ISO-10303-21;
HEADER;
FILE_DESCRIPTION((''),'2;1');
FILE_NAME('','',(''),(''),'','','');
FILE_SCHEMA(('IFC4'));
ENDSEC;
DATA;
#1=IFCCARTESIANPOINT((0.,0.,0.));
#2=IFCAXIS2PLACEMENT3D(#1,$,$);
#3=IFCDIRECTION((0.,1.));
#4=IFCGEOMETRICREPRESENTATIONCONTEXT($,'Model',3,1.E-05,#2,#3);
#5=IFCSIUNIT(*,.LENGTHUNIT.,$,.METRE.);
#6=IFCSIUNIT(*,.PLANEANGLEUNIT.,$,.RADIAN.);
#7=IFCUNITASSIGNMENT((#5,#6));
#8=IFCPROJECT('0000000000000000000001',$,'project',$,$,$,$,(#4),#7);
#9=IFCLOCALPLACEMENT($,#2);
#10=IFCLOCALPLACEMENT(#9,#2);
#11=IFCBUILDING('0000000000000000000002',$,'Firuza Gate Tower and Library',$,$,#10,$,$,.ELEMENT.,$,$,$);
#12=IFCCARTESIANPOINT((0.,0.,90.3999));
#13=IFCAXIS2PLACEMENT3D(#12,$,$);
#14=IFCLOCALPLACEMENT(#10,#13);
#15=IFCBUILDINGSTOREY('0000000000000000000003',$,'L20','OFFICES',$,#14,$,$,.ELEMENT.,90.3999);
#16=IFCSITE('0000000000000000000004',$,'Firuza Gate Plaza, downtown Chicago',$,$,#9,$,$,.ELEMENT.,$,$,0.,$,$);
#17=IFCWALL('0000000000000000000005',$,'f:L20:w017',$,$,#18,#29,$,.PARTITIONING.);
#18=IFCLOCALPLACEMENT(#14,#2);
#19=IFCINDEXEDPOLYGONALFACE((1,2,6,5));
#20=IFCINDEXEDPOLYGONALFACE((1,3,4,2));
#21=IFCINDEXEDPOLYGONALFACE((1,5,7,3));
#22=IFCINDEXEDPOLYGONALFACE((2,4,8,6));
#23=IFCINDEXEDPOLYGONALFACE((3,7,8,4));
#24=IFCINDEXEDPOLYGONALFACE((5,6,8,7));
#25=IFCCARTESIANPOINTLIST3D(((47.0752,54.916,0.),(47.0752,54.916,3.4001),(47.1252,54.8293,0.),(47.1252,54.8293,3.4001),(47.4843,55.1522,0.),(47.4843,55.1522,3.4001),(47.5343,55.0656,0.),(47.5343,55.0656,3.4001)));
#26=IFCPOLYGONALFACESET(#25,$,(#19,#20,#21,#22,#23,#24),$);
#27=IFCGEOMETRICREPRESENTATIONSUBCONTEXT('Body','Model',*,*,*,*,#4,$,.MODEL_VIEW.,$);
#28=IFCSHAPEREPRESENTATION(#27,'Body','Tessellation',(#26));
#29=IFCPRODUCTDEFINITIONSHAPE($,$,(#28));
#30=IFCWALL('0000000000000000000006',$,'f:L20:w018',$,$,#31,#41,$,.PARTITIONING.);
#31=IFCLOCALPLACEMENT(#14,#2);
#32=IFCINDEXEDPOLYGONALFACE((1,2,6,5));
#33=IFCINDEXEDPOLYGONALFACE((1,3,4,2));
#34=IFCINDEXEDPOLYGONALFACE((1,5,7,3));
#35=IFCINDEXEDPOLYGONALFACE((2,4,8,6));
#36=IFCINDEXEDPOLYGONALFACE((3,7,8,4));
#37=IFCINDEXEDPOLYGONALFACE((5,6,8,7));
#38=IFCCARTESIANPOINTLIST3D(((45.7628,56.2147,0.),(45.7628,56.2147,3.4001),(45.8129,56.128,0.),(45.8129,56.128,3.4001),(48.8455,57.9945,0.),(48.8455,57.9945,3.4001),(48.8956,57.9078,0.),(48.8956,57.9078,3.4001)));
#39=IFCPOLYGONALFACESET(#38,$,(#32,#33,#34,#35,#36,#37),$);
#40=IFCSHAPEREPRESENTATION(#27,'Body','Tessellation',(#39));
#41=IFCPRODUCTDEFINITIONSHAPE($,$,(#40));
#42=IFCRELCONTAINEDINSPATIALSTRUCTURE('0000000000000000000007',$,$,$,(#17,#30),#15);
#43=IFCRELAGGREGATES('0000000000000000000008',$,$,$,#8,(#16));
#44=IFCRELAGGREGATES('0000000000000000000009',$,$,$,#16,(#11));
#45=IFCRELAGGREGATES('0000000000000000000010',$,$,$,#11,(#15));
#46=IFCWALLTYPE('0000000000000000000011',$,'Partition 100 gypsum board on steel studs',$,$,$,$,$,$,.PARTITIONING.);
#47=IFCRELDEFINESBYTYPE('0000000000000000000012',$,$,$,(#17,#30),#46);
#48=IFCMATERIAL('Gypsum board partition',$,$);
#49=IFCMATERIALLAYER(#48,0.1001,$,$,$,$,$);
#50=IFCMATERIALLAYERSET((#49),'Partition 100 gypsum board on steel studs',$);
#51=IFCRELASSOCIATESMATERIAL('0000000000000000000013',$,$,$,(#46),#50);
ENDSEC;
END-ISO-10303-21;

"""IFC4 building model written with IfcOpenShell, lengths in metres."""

from ifc_helpers import new_model, si_unit, direction, frame, frame_2d, origin, place, context, subcontext, project, spatial, rectangle, extrude, material, layer, layer_set, type_object, element, save


model = new_model("IFC4")

# Units and contexts
model_context = context("Model", 3, precision=1e-05, world=origin(), true_north=direction((0.0, 1.0)))
body_context = subcontext(model_context, "Body", "Model", "MODEL_VIEW")
ifc_project = project(units=[si_unit("LENGTHUNIT", "METRE"), si_unit("PLANEANGLEUNIT", "RADIAN")], contexts=[model_context])

# Site, building, storey
site_placement = place(None, origin())
site = spatial("IfcSite", under=ifc_project, at=site_placement, Name="Firuza Gate Plaza, downtown Chicago", CompositionType="ELEMENT", RefElevation=0.0)
building_placement = place(site_placement, origin())
building = spatial("IfcBuilding", under=site, at=building_placement, Name="Firuza Gate Tower and Library", CompositionType="ELEMENT")
storey_placement = place(building_placement, frame((0.0, 0.0, 90.3999)))
storey = spatial("IfcBuildingStorey", under=building, at=storey_placement, Name="L20", Description="OFFICES", CompositionType="ELEMENT", Elevation=90.3999)

# Walls
ifc_material_1 = material(Name="Gypsum board partition")
ifc_layer_1 = layer(ifc_material_1, 0.1001)
ifc_layer_set_1 = layer_set([ifc_layer_1], Name="Partition 100 gypsum board on steel studs")
wall_type_1 = type_object("IfcWallType", Name="Partition 100 gypsum board on steel studs", PredefinedType="PARTITIONING", material=ifc_layer_set_1)
wall_1_placement = place(storey_placement, frame((47.1001, 54.8726, 0.0), z_axis=(0.0, 0.0, 1.0), x_axis=(0.865945, 0.50014, 0.0)))
element("IfcWall", 1, at=wall_1_placement, inside=storey, type_object=wall_type_1, Name="f:L20:w017", PredefinedType="PARTITIONING", context=body_context, shape_type="SweptSolid", body=[
    extrude(rectangle(XDim=0.4724, YDim=0.1001, at=frame_2d((0.2363, 0.0))), origin(), (0.0, 0.0, 1.0), 3.4001),
])
wall_2_placement = place(storey_placement, frame((45.7878, 56.1714, 0.0), z_axis=(0.0, 0.0, 1.0), x_axis=(0.866031, 0.49999, 0.0)))
element("IfcWall", 2, at=wall_2_placement, inside=storey, type_object=wall_type_1, Name="f:L20:w018", PredefinedType="PARTITIONING", context=body_context, shape_type="SweptSolid", body=[
    extrude(rectangle(XDim=3.5596, YDim=0.1001, at=frame_2d((1.7798, 0.0))), origin(), (0.0, 0.0, 1.0), 3.4001),
])

save(model, "model.ifc")
